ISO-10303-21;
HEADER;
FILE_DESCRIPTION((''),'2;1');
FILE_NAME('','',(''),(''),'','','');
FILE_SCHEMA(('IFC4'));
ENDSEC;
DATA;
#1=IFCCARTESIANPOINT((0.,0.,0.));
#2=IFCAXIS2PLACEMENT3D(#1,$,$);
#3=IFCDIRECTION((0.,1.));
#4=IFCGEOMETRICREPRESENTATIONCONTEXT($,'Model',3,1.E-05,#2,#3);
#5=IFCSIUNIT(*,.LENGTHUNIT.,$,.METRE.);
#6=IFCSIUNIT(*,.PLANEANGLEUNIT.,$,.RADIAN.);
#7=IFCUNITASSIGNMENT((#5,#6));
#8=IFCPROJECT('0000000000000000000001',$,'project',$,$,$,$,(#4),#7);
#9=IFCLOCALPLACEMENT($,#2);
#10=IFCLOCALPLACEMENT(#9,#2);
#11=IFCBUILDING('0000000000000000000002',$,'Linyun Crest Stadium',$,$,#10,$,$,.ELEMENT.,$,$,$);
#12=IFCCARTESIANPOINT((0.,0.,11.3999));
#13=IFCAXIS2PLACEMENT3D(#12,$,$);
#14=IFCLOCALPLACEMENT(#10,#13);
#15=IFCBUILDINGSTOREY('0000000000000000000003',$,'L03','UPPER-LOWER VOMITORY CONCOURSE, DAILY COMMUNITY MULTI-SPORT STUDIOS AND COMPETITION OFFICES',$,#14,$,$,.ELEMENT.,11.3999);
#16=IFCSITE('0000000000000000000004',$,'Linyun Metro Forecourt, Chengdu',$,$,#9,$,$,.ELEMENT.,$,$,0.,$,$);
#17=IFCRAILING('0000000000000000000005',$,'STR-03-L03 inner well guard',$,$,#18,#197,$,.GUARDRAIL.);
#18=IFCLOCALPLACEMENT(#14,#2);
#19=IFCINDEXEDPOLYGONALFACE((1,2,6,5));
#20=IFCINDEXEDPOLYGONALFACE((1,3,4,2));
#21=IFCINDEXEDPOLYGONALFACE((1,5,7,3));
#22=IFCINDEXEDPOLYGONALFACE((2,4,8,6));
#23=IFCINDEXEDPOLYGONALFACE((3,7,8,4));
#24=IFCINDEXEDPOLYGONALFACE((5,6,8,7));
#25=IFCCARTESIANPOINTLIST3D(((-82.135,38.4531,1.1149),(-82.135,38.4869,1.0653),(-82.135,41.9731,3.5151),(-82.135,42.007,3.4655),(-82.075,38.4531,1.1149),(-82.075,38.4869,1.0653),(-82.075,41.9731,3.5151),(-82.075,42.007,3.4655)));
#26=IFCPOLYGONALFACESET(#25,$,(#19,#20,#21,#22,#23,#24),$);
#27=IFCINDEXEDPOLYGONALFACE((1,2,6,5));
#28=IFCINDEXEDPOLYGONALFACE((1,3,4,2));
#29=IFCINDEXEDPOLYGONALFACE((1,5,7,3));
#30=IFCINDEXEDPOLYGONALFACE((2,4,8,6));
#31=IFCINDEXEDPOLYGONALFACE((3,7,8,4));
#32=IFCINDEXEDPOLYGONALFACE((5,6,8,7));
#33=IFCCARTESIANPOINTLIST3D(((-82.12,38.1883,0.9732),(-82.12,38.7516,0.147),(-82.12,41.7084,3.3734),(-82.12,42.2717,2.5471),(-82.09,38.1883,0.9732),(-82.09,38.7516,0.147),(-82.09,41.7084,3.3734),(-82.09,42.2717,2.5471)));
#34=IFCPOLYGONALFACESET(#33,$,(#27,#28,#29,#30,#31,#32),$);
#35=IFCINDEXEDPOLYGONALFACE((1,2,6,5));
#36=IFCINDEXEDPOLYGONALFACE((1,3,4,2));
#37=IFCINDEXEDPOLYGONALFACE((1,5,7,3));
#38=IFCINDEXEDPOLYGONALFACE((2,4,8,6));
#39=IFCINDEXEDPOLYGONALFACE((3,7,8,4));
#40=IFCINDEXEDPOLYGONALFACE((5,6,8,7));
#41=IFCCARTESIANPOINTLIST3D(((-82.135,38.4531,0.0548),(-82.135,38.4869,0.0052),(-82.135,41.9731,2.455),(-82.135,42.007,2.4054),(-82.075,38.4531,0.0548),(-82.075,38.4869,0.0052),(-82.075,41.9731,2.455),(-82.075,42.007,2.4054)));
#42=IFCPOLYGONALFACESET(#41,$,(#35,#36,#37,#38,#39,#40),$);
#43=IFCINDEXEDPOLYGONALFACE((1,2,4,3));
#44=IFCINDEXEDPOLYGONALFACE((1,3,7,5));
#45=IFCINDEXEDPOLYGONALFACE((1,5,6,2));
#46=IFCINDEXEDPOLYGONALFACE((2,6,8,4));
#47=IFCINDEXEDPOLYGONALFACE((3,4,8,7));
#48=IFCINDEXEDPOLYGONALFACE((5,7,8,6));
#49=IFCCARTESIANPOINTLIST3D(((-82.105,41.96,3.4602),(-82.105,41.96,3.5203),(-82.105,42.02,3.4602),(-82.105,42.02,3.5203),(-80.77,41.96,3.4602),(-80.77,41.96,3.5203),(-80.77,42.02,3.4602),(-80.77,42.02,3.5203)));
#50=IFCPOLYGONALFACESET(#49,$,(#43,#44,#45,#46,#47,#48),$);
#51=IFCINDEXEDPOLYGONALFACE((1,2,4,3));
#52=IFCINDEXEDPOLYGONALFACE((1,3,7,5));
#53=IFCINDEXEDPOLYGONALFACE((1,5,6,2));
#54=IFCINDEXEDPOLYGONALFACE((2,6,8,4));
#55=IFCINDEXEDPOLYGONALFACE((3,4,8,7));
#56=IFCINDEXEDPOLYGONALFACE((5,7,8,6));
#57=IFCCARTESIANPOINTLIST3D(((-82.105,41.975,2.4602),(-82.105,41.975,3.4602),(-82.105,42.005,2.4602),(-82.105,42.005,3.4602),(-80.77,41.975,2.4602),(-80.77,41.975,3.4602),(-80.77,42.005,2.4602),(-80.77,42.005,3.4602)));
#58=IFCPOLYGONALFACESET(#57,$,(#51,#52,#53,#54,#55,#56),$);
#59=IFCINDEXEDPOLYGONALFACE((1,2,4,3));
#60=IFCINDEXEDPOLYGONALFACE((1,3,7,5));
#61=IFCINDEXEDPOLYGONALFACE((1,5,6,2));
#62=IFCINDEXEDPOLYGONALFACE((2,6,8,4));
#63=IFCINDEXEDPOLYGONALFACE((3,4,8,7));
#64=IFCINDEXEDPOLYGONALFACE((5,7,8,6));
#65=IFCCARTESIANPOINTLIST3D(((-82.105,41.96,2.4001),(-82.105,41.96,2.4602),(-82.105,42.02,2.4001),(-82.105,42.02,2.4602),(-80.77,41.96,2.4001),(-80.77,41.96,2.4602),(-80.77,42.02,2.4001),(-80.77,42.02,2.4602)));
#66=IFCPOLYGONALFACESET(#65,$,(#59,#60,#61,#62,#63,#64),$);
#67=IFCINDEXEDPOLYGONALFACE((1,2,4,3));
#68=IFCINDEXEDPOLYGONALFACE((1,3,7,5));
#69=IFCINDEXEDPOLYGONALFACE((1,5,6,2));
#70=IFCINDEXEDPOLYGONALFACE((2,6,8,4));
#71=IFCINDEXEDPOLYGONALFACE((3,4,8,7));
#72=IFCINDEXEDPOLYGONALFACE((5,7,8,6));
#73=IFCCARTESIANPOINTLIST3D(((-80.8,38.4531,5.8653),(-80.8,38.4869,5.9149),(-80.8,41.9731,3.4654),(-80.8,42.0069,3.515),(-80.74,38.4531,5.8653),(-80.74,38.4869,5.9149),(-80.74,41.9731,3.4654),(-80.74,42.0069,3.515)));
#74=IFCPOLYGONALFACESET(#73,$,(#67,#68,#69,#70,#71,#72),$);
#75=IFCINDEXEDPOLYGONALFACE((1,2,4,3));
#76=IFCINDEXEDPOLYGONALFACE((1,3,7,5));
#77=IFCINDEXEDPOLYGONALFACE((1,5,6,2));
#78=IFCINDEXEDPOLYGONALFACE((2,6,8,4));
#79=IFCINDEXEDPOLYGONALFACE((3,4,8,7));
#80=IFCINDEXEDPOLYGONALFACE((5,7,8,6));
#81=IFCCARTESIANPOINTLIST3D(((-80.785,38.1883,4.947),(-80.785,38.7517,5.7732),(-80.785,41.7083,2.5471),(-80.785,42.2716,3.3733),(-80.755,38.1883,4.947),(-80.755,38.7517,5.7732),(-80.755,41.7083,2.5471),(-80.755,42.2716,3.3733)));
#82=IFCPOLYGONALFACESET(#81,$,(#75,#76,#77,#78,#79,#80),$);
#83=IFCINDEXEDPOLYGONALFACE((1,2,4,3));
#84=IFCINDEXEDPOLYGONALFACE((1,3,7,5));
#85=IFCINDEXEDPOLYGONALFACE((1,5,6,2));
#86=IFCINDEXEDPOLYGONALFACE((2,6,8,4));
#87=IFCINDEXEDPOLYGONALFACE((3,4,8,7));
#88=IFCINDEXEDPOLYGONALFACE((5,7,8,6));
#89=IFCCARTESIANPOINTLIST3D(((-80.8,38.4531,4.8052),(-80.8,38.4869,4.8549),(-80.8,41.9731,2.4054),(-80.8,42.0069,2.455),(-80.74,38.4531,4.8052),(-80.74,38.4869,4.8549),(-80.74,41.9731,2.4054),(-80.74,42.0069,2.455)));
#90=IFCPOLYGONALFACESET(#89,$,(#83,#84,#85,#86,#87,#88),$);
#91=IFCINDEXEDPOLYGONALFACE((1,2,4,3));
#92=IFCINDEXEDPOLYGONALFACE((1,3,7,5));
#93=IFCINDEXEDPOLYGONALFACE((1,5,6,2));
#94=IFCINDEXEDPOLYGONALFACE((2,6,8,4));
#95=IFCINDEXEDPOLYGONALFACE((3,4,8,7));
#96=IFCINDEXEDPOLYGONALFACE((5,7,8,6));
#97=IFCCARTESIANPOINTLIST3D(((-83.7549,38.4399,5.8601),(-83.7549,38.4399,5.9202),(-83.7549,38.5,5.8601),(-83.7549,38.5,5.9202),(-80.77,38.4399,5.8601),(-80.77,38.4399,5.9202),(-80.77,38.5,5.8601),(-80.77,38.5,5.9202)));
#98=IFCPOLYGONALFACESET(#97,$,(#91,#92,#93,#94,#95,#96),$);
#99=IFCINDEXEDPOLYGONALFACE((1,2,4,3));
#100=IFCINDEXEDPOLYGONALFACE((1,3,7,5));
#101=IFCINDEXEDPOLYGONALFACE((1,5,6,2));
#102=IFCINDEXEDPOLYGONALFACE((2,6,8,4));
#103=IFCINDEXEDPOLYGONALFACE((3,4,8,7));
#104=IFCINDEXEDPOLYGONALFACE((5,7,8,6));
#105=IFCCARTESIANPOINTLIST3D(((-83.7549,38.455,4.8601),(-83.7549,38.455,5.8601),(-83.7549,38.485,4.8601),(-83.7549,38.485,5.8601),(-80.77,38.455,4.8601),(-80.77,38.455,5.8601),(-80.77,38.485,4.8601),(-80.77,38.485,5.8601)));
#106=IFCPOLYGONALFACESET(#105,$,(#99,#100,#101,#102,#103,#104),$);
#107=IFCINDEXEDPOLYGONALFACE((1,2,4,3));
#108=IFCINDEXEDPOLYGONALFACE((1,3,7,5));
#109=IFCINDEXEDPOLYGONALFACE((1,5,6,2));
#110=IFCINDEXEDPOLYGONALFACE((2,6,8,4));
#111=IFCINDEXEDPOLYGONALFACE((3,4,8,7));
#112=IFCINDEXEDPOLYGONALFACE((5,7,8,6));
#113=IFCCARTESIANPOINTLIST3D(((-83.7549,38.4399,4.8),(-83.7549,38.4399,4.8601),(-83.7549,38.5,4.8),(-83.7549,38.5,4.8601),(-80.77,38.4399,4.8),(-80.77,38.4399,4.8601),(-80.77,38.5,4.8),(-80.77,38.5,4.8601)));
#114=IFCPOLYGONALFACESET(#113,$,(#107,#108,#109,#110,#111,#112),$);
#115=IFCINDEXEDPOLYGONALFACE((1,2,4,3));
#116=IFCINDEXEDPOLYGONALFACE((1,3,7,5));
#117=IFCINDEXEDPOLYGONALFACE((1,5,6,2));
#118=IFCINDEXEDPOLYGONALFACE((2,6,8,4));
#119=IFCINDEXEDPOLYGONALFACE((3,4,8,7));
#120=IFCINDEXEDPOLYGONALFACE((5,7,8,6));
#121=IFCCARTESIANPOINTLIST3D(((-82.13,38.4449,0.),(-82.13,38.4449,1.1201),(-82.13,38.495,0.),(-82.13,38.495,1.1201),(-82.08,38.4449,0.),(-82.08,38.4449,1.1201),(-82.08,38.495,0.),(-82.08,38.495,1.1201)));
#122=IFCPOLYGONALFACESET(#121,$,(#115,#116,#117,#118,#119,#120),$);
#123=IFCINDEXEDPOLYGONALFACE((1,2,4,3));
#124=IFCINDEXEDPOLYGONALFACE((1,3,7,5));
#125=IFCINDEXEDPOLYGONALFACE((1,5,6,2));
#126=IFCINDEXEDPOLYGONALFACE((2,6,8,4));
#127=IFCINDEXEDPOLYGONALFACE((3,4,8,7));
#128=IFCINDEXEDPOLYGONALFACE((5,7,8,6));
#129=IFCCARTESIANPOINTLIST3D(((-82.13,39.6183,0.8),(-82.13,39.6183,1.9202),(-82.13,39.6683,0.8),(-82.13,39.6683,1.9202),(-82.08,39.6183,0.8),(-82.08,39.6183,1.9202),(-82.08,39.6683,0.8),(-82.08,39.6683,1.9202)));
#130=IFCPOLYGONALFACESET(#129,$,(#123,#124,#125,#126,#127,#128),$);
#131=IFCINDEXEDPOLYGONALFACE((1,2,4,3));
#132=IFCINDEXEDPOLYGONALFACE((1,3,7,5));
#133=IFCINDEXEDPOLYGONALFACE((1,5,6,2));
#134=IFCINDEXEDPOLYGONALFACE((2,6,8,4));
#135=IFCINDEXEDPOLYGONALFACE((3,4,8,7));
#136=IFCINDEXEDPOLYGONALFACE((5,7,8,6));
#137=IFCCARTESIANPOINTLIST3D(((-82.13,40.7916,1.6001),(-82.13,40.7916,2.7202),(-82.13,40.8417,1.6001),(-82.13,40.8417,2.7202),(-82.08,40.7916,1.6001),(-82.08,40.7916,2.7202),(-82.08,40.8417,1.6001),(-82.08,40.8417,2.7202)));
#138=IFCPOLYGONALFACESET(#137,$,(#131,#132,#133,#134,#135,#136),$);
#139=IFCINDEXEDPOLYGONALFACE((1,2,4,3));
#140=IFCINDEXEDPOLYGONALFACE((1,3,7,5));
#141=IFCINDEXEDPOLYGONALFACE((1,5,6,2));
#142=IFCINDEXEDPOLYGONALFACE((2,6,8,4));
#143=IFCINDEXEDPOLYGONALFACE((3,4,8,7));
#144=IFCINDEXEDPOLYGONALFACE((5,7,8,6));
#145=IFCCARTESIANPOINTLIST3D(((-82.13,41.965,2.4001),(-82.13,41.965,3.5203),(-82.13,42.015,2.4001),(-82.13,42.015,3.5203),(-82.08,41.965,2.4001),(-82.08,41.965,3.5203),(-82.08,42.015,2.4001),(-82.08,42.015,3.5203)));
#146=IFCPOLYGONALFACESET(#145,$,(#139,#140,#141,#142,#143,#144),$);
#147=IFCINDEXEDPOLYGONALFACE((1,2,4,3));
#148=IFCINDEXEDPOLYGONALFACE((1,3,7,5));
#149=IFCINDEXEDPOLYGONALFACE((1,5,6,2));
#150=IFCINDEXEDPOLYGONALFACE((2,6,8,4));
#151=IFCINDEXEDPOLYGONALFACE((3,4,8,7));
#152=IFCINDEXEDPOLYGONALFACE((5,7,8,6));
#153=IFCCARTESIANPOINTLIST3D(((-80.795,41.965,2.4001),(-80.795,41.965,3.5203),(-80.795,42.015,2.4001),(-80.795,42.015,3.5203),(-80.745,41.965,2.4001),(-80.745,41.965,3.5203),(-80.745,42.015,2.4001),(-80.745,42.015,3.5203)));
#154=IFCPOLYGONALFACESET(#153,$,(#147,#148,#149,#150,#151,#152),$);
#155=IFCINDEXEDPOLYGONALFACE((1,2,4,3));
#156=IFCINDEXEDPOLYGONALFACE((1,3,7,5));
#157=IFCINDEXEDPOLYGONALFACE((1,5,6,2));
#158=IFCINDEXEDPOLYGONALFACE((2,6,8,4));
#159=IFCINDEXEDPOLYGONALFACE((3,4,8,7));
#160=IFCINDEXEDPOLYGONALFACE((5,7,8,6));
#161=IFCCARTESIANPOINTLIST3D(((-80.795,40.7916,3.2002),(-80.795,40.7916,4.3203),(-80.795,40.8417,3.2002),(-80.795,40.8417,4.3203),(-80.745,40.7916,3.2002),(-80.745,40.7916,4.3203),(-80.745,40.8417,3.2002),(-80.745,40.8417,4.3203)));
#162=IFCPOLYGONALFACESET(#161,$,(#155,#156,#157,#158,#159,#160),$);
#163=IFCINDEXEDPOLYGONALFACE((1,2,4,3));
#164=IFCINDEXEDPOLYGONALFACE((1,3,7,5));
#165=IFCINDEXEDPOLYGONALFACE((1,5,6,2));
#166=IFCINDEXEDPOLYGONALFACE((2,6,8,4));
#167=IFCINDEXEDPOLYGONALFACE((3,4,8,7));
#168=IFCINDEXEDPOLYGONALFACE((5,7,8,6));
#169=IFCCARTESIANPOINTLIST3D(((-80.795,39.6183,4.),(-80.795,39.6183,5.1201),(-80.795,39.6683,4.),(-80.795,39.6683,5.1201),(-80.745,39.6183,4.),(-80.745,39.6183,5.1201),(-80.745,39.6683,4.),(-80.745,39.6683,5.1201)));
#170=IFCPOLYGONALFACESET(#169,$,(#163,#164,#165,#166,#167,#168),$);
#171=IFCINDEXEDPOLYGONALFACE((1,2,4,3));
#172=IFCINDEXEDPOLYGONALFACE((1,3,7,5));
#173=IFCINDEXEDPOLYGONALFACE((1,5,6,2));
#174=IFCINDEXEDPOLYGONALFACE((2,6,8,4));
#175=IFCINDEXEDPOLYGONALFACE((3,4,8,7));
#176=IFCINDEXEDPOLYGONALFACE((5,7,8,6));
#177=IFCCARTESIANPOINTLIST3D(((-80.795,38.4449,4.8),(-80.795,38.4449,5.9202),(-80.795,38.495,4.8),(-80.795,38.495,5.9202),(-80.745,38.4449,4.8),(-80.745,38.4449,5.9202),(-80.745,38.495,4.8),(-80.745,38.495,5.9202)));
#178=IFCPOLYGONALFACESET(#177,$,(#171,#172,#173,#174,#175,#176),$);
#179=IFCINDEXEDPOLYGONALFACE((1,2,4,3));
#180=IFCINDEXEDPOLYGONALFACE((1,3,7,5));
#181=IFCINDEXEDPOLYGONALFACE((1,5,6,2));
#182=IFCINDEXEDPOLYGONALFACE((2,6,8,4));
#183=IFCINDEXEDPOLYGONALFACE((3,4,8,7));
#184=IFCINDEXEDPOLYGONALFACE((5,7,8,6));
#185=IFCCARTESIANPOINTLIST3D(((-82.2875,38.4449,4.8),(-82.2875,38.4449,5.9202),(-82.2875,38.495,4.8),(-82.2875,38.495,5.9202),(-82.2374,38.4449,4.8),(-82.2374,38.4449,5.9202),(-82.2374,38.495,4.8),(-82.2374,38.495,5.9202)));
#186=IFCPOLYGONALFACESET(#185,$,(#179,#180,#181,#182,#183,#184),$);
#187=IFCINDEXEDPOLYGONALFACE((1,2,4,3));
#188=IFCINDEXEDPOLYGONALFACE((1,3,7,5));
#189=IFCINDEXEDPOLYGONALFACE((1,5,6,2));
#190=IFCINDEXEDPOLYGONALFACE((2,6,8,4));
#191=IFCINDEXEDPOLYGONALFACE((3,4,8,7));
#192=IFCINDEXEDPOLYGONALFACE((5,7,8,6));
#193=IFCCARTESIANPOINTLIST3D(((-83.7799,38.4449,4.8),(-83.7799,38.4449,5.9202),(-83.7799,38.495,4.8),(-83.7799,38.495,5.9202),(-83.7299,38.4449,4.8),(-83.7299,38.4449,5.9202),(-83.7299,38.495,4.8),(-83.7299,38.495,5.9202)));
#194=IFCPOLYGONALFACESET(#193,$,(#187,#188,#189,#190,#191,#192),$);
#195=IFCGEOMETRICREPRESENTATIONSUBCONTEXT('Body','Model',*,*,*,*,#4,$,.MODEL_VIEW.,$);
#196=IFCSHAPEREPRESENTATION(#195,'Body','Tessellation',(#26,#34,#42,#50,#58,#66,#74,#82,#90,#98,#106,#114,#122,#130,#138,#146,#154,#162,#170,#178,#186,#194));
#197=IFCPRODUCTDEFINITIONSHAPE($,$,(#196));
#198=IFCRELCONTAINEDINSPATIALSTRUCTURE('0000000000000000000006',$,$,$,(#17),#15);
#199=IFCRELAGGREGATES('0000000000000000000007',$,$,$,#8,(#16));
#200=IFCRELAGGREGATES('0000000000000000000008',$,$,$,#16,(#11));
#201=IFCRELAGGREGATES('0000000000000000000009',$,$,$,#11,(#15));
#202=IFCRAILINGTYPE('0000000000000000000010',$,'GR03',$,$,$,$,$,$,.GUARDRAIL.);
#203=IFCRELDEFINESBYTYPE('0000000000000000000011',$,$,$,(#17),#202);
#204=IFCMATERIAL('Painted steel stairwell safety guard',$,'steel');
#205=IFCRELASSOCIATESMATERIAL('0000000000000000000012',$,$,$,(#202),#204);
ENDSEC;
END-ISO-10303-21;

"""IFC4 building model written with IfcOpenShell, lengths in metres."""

from ifc_helpers import new_model, si_unit, direction, frame, origin, origin_2d, place, context, subcontext, project, spatial, rectangle, extrude, material, type_object, element, save


model = new_model("IFC4")

# Units and contexts
model_context = context("Model", 3, precision=1e-05, world=origin(), true_north=direction((0.0, 1.0)))
body_context = subcontext(model_context, "Body", "Model", "MODEL_VIEW")
ifc_project = project(units=[si_unit("LENGTHUNIT", "METRE"), si_unit("PLANEANGLEUNIT", "RADIAN")], contexts=[model_context])

# Site, building, storey
site_placement = place(None, origin())
site = spatial("IfcSite", under=ifc_project, at=site_placement, Name="Linyun Metro Forecourt, Chengdu", CompositionType="ELEMENT", RefElevation=0.0)
building_placement = place(site_placement, origin())
building = spatial("IfcBuilding", under=site, at=building_placement, Name="Linyun Crest Stadium", CompositionType="ELEMENT")
storey_placement = place(building_placement, frame((0.0, 0.0, 11.3999)))
storey = spatial("IfcBuildingStorey", under=building, at=storey_placement, Name="L03", Description="UPPER-LOWER VOMITORY CONCOURSE, DAILY COMMUNITY MULTI-SPORT STUDIOS AND COMPETITION OFFICES", CompositionType="ELEMENT", Elevation=11.3999)

# Railing
ifc_material_1 = material(Name="Painted steel stairwell safety guard", Category="steel")
railing_type_1 = type_object("IfcRailingType", Name="GR03", PredefinedType="GUARDRAIL", material=ifc_material_1)
railing_1_placement = place(storey_placement, frame((-82.105, 38.47, 0.0)))
element("IfcRailing", 1, at=railing_1_placement, inside=storey, type_object=railing_type_1, Name="STR-03-L03 inner well guard", PredefinedType="GUARDRAIL", context=body_context, shape_type="SweptSolid", body=[
    extrude(rectangle(XDim=0.0601, YDim=0.0601, at=origin_2d()), frame((0.0, 0.0, 1.0901), z_axis=(0.0, 0.826213, 0.563358), x_axis=(-1.0, 0.0, 0.0)), (0.0, 0.0, 1.0), 4.2605),
    extrude(rectangle(XDim=0.03, YDim=1.0, at=origin_2d()), frame((0.0, 0.0, 0.5601), z_axis=(0.0, 0.826213, 0.563358), x_axis=(-1.0, 0.0, 0.0)), (0.0, 0.0, 1.0), 4.2605),
    extrude(rectangle(XDim=0.0601, YDim=0.0601, at=origin_2d()), frame((0.0, 0.0, 0.03), z_axis=(0.0, 0.826213, 0.563358), x_axis=(-1.0, 0.0, 0.0)), (0.0, 0.0, 1.0), 4.2605),
    extrude(rectangle(XDim=0.0601, YDim=0.0601, at=origin_2d()), frame((0.0, 3.52, 3.4902), z_axis=(1.0, 0.0, 0.0), x_axis=(0.0, 1.0, 0.0)), (0.0, 0.0, 1.0), 1.335),
    extrude(rectangle(XDim=0.03, YDim=1.0, at=origin_2d()), frame((0.0, 3.52, 2.9602), z_axis=(1.0, 0.0, 0.0), x_axis=(0.0, 1.0, 0.0)), (0.0, 0.0, 1.0), 1.335),
    extrude(rectangle(XDim=0.0601, YDim=0.0601, at=origin_2d()), frame((0.0, 3.52, 2.4302), z_axis=(1.0, 0.0, 0.0), x_axis=(0.0, 1.0, 0.0)), (0.0, 0.0, 1.0), 1.335),
    extrude(rectangle(XDim=0.0601, YDim=0.0601, at=origin_2d()), frame((1.335, 3.52, 3.4902), z_axis=(0.0, -0.826239, 0.563319), x_axis=(1.0, 0.0, 0.0)), (0.0, 0.0, 1.0), 4.2603),
    extrude(rectangle(XDim=0.03, YDim=1.0, at=origin_2d()), frame((1.335, 3.52, 2.9602), z_axis=(0.0, -0.826239, 0.563319), x_axis=(1.0, 0.0, 0.0)), (0.0, 0.0, 1.0), 4.2603),
    extrude(rectangle(XDim=0.0601, YDim=0.0601, at=origin_2d()), frame((1.335, 3.52, 2.4302), z_axis=(0.0, -0.826239, 0.563319), x_axis=(1.0, 0.0, 0.0)), (0.0, 0.0, 1.0), 4.2603),
    extrude(rectangle(XDim=0.0601, YDim=0.0601, at=origin_2d()), frame((1.335, 0.0, 5.8901), z_axis=(-1.0, 0.0, 0.0), x_axis=(0.0, -1.0, 0.0)), (0.0, 0.0, 1.0), 2.9849),
    extrude(rectangle(XDim=0.03, YDim=1.0, at=origin_2d()), frame((1.335, 0.0, 5.3601), z_axis=(-1.0, 0.0, 0.0), x_axis=(0.0, -1.0, 0.0)), (0.0, 0.0, 1.0), 2.9849),
    extrude(rectangle(XDim=0.0601, YDim=0.0601, at=origin_2d()), frame((1.335, 0.0, 4.8301), z_axis=(-1.0, 0.0, 0.0), x_axis=(0.0, -1.0, 0.0)), (0.0, 0.0, 1.0), 2.9849),
    extrude(rectangle(XDim=0.05, YDim=0.05, at=origin_2d()), origin(), (0.0, 0.0, 1.0), 1.1201),
    extrude(rectangle(XDim=0.05, YDim=0.05, at=origin_2d()), frame((0.0, 1.1733, 0.8)), (0.0, 0.0, 1.0), 1.1201),
    extrude(rectangle(XDim=0.05, YDim=0.05, at=origin_2d()), frame((0.0, 2.3467, 1.6001)), (0.0, 0.0, 1.0), 1.1201),
    extrude(rectangle(XDim=0.05, YDim=0.05, at=origin_2d()), frame((0.0, 3.52, 2.4001)), (0.0, 0.0, 1.0), 1.1201),
    extrude(rectangle(XDim=0.05, YDim=0.05, at=origin_2d()), frame((1.335, 3.52, 2.4001)), (0.0, 0.0, 1.0), 1.1201),
    extrude(rectangle(XDim=0.05, YDim=0.05, at=origin_2d()), frame((1.335, 2.3467, 3.2002)), (0.0, 0.0, 1.0), 1.1201),
    extrude(rectangle(XDim=0.05, YDim=0.05, at=origin_2d()), frame((1.335, 1.1733, 4.0)), (0.0, 0.0, 1.0), 1.1201),
    extrude(rectangle(XDim=0.05, YDim=0.05, at=origin_2d()), frame((1.335, 0.0, 4.8)), (0.0, 0.0, 1.0), 1.1201),
    extrude(rectangle(XDim=0.05, YDim=0.05, at=origin_2d()), frame((-0.1575, 0.0, 4.8)), (0.0, 0.0, 1.0), 1.1201),
    extrude(rectangle(XDim=0.05, YDim=0.05, at=origin_2d()), frame((-1.6499, 0.0, 4.8)), (0.0, 0.0, 1.0), 1.1201),
])

save(model, "model.ifc")
